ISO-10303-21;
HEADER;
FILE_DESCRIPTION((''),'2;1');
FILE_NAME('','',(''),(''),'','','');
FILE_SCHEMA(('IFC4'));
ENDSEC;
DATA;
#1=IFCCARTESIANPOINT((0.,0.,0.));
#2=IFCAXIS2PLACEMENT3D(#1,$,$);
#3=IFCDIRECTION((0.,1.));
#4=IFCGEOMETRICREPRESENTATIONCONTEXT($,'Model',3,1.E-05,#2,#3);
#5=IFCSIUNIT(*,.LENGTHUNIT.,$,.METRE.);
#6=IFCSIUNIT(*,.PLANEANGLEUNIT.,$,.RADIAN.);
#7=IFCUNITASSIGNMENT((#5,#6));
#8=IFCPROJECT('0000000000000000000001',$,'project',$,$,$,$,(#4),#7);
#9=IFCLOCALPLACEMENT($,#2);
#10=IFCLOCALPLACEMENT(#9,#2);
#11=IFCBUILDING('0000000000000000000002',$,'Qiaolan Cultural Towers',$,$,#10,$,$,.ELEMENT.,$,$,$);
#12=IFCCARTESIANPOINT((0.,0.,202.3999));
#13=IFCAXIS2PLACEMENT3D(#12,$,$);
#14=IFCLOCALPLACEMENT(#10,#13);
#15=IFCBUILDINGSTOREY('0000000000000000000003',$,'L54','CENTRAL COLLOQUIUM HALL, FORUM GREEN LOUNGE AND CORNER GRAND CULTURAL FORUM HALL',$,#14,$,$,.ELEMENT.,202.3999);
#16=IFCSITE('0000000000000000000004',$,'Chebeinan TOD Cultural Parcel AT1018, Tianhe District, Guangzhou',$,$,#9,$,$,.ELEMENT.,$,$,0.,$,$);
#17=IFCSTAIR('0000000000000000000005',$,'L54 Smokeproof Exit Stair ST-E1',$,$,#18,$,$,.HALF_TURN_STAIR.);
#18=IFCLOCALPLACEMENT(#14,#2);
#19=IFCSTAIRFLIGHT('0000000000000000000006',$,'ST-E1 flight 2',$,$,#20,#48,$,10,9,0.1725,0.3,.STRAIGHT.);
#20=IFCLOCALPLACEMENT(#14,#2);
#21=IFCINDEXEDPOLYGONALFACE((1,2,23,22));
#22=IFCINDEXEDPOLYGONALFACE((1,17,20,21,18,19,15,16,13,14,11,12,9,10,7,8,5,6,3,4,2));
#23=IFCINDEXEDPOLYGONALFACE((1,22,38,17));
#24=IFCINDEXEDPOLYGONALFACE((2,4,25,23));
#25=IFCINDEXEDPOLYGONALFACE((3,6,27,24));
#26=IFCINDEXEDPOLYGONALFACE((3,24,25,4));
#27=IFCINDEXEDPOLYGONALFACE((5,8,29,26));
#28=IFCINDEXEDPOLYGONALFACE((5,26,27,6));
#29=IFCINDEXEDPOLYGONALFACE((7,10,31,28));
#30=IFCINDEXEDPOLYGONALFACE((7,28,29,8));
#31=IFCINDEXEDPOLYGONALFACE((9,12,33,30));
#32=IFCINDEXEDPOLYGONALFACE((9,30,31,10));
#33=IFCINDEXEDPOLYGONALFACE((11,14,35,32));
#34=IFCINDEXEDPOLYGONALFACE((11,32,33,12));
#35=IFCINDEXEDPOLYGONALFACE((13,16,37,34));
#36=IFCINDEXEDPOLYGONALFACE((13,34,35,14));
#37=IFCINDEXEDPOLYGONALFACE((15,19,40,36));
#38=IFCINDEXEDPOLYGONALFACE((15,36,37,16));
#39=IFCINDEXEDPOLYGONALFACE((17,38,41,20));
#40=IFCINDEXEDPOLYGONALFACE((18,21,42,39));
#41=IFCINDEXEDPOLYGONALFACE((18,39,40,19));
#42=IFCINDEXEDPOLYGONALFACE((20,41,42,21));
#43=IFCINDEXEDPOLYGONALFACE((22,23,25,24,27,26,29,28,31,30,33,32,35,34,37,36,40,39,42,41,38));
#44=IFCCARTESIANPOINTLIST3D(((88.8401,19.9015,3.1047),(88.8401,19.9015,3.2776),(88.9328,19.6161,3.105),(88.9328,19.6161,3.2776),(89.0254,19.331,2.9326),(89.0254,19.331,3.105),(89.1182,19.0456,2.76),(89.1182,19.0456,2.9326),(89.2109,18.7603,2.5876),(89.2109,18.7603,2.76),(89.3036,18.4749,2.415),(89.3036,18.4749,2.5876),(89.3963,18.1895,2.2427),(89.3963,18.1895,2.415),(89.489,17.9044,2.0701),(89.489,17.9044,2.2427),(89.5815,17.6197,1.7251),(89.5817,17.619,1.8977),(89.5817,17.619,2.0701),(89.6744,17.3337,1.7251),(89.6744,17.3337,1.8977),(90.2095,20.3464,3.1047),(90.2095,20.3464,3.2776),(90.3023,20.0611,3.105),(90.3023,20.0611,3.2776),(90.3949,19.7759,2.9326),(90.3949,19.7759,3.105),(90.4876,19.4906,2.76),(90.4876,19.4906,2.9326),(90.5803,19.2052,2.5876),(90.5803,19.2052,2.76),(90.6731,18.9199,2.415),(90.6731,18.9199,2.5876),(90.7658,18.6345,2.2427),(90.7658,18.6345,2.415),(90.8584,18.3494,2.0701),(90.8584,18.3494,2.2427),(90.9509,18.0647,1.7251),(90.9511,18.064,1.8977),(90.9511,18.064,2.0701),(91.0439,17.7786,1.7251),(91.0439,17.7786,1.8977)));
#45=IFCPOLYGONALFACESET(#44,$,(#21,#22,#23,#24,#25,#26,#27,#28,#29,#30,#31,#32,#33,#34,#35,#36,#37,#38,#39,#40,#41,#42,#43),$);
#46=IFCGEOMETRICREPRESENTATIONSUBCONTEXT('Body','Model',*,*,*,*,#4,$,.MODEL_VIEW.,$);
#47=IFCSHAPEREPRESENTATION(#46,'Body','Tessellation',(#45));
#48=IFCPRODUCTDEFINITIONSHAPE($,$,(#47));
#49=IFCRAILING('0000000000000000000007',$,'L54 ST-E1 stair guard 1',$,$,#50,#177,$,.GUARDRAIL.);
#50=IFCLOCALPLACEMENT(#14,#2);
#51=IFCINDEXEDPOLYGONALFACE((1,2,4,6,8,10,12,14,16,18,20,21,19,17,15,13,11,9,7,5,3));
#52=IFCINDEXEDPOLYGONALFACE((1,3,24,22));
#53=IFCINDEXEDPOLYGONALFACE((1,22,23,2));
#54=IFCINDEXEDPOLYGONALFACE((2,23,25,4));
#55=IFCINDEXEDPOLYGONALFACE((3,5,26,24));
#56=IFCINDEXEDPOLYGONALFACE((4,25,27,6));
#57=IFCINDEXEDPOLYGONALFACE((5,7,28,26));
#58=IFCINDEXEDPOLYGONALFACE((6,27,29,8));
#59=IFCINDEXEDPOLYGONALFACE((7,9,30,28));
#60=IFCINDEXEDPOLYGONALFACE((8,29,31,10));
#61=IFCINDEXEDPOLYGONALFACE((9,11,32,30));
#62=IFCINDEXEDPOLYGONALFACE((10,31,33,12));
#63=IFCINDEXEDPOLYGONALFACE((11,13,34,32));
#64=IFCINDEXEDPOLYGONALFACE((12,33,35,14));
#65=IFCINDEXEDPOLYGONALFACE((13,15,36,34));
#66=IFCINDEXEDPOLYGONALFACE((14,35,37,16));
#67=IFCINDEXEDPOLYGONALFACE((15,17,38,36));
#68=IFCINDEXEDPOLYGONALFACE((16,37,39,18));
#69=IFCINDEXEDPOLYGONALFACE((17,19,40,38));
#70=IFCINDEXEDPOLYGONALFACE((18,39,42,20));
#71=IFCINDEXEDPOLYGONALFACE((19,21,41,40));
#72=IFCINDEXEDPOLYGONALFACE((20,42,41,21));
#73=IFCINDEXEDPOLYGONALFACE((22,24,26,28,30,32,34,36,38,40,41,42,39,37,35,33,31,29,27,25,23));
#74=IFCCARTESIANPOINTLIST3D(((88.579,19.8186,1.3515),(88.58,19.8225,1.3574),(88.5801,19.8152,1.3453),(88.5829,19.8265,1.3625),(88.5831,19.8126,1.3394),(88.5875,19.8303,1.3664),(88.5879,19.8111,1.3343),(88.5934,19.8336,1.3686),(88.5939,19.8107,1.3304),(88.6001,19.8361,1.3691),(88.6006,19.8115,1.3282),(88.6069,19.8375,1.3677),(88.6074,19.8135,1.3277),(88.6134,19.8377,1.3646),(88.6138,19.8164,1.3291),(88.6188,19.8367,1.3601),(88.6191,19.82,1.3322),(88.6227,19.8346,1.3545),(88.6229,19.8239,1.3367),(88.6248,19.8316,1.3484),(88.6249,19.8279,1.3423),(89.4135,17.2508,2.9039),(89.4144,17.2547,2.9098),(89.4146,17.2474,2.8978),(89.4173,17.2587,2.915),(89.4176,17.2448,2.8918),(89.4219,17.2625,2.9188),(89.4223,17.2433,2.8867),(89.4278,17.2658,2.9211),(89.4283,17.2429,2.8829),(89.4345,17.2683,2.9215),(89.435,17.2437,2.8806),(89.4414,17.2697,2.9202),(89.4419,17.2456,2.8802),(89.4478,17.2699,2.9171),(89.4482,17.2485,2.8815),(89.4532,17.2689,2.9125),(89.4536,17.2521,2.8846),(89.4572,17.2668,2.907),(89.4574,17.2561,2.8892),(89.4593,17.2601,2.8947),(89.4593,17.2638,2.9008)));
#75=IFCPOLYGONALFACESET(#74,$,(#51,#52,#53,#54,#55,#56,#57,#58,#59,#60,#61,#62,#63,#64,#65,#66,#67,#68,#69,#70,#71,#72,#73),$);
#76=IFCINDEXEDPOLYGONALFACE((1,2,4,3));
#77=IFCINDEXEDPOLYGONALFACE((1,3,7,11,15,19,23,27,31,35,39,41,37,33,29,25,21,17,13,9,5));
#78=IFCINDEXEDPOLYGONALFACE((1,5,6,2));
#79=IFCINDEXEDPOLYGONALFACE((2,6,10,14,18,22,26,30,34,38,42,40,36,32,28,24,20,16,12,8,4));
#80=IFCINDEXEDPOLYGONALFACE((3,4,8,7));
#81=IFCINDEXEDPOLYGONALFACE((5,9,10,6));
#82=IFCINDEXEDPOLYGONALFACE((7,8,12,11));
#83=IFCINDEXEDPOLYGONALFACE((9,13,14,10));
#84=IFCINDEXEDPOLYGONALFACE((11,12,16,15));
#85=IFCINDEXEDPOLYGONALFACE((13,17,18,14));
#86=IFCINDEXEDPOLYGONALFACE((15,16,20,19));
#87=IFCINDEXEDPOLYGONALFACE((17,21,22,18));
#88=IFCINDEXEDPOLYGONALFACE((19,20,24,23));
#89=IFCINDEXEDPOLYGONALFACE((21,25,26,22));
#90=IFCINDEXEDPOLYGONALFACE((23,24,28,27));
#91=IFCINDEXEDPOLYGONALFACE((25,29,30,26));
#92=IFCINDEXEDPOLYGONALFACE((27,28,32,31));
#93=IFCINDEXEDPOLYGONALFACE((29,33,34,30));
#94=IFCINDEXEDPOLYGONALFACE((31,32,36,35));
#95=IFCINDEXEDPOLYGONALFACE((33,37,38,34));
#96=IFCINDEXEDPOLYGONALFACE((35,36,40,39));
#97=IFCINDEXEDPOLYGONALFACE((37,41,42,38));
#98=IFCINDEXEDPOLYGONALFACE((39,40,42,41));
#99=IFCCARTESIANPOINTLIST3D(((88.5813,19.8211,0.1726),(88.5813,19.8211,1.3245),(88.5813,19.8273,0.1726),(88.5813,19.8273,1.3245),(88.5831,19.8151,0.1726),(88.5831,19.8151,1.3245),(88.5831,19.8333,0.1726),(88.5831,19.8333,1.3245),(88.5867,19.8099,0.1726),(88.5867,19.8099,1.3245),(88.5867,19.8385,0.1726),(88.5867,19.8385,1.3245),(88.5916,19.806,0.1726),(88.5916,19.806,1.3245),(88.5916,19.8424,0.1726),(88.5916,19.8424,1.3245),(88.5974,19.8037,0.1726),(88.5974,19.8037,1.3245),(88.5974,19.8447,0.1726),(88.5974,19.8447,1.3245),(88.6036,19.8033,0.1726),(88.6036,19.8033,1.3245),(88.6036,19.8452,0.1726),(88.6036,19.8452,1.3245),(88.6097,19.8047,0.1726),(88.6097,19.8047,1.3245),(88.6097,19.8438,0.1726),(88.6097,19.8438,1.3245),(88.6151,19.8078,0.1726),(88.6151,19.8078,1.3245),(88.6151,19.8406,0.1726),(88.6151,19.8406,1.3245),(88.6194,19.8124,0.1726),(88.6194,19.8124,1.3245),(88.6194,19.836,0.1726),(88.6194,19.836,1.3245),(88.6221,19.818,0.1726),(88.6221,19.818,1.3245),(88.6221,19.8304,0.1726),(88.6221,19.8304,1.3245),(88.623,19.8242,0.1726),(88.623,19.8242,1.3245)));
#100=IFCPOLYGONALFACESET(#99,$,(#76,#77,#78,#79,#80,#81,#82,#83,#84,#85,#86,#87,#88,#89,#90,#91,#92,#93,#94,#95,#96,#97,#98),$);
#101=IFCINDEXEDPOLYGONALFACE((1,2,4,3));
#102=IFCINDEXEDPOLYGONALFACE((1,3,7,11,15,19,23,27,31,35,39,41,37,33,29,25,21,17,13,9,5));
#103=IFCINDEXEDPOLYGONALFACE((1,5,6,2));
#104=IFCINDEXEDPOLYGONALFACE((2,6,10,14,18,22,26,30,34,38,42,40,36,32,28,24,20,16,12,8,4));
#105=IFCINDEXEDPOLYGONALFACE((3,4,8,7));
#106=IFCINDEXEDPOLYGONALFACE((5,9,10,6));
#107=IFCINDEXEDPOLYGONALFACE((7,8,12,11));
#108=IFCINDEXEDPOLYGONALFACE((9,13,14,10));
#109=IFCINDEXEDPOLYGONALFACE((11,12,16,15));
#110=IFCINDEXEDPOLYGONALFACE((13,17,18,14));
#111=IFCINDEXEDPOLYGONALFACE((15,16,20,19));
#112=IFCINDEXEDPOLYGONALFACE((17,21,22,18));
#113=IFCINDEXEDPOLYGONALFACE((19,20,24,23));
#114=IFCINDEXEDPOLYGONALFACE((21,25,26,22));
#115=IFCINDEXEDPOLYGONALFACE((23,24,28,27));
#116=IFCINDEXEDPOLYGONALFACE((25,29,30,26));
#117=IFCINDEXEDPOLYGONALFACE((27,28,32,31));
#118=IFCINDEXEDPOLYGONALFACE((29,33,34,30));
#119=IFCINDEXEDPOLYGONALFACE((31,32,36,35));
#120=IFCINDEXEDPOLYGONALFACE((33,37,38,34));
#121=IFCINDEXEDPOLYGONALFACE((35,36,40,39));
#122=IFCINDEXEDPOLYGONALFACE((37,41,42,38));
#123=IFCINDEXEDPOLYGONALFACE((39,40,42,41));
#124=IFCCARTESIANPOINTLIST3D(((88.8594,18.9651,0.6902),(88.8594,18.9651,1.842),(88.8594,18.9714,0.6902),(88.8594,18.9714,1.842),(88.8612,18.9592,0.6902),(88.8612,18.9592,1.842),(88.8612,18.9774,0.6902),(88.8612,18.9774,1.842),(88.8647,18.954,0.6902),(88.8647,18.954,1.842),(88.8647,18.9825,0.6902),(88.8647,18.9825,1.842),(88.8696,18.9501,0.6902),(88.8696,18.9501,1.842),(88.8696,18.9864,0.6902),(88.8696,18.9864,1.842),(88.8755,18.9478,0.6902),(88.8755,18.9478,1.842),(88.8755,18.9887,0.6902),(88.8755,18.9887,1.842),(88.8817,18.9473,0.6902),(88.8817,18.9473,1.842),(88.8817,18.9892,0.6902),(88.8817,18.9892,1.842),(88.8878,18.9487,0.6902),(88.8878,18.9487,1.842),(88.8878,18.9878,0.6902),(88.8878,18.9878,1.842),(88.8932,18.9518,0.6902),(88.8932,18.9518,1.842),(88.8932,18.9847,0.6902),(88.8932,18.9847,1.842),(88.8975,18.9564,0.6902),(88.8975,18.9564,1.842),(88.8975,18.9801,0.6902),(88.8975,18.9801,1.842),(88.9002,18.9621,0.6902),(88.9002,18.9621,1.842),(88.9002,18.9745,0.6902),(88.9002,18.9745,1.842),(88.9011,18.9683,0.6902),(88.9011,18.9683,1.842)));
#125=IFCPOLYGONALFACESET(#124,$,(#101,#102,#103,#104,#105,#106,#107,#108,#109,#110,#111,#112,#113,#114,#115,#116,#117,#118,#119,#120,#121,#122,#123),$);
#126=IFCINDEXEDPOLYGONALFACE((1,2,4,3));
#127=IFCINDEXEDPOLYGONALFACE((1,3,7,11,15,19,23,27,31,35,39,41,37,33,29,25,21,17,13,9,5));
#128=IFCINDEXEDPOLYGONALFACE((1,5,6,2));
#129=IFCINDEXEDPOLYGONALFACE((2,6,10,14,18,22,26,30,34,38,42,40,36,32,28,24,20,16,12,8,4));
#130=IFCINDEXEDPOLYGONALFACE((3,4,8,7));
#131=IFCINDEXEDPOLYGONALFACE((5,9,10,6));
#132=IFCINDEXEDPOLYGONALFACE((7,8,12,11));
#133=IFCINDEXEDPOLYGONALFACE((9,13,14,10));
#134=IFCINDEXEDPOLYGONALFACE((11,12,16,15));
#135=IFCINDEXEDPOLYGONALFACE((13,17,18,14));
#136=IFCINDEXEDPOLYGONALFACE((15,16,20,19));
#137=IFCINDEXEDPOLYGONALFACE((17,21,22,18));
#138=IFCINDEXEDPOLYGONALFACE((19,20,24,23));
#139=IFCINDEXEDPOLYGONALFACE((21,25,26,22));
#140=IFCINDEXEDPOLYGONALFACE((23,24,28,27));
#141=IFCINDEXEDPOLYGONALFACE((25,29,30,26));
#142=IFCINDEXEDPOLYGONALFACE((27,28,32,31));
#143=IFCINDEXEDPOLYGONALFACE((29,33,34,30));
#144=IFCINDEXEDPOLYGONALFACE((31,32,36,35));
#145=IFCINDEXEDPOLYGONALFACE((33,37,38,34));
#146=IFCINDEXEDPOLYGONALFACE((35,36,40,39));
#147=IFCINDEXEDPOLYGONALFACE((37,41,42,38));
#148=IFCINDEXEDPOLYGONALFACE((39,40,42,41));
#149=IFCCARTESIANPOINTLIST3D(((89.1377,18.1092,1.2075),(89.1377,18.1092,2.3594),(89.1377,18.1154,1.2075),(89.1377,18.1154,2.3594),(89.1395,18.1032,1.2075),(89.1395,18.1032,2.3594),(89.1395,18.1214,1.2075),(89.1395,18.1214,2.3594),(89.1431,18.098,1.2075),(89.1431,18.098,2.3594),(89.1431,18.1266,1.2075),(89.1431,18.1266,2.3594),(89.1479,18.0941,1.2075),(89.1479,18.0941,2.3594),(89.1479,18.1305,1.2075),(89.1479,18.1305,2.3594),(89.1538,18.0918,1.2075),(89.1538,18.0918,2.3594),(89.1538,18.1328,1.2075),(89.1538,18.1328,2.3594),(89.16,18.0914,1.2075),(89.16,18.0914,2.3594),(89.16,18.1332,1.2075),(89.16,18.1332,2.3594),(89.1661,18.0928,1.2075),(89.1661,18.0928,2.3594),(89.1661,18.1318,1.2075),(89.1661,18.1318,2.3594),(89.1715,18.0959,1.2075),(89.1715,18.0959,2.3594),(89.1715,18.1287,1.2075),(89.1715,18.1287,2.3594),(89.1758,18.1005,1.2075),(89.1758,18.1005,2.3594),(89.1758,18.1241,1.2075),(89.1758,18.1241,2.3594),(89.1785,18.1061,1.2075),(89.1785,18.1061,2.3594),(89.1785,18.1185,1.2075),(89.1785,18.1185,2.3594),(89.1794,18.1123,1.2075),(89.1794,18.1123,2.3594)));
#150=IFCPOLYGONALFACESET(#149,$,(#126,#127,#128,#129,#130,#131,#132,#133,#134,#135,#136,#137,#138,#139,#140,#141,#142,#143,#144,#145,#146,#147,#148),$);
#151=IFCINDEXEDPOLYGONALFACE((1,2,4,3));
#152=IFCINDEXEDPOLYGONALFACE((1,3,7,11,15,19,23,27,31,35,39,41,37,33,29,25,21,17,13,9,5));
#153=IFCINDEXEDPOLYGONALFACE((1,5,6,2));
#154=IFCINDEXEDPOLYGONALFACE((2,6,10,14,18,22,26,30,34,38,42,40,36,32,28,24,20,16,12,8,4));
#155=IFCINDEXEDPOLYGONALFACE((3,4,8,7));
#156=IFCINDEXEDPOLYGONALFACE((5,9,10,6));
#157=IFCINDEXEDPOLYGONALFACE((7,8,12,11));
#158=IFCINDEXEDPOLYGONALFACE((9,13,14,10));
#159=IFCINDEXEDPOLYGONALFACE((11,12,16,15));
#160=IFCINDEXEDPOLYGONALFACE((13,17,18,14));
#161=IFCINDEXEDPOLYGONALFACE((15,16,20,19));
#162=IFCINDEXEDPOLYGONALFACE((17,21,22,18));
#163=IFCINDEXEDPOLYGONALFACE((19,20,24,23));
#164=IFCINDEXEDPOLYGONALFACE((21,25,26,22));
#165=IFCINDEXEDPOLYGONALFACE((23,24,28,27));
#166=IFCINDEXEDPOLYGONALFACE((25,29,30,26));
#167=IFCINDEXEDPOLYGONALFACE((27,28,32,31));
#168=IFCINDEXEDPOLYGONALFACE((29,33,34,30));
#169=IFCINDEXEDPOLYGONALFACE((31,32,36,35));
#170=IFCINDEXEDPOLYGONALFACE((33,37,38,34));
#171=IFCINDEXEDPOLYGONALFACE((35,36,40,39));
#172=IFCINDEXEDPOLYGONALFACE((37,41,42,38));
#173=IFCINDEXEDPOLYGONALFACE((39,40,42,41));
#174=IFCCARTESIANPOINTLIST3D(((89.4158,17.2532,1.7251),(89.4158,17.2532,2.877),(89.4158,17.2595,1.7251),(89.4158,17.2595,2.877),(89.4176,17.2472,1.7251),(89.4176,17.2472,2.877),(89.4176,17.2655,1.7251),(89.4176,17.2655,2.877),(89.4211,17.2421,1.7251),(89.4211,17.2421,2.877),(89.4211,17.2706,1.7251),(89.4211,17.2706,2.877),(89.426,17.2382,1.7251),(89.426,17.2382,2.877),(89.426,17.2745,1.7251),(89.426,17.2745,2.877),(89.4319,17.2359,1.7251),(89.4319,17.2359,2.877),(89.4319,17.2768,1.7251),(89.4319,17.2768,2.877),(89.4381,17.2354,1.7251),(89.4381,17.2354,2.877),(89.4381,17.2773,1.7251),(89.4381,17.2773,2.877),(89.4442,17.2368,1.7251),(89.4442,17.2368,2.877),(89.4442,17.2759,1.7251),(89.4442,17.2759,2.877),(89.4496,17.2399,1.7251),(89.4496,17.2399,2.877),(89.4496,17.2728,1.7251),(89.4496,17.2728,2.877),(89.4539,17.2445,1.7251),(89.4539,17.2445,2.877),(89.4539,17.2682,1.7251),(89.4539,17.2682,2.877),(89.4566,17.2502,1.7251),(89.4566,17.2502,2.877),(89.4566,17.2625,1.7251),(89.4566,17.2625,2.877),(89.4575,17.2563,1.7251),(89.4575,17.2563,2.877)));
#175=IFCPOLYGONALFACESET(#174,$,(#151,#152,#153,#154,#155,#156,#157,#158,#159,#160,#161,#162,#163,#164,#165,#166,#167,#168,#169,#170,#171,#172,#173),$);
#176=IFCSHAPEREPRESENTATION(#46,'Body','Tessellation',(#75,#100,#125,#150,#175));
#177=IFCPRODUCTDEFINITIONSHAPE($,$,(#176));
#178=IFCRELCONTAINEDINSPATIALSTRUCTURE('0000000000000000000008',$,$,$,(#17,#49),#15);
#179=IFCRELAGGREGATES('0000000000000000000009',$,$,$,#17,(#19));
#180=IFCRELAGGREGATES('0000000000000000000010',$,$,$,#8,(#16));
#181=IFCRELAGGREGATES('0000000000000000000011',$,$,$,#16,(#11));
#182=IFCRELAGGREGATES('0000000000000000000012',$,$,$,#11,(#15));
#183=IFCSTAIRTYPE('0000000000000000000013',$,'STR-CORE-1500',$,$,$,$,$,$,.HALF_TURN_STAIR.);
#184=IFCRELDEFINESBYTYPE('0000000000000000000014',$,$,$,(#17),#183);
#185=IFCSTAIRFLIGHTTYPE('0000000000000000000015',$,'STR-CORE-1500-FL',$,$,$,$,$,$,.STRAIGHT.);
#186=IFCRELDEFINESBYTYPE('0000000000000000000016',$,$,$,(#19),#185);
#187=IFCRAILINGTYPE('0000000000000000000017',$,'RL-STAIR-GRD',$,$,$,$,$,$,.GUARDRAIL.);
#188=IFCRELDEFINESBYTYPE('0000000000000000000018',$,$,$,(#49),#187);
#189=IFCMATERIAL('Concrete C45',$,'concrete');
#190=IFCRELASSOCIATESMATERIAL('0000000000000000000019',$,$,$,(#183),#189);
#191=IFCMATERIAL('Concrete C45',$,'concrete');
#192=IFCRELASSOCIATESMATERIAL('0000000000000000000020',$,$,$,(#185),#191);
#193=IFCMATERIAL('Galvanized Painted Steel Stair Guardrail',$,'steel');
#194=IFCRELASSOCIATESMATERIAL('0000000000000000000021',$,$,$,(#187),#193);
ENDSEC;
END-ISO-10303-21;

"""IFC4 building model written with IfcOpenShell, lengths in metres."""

from ifc_helpers import new_model, si_unit, direction, frame, origin, origin_2d, place, context, subcontext, project, spatial, polyline, circle, outline, extrude, material, type_object, element, aggregate, save


model = new_model("IFC4")

# Units and contexts
model_context = context("Model", 3, precision=1e-05, world=origin(), true_north=direction((0.0, 1.0)))
body_context = subcontext(model_context, "Body", "Model", "MODEL_VIEW")
ifc_project = project(units=[si_unit("LENGTHUNIT", "METRE"), si_unit("PLANEANGLEUNIT", "RADIAN")], contexts=[model_context])

# Site, building, storey
site_placement = place(None, origin())
site = spatial("IfcSite", under=ifc_project, at=site_placement, Name="Chebeinan TOD Cultural Parcel AT1018, Tianhe District, Guangzhou", CompositionType="ELEMENT", RefElevation=0.0)
building_placement = place(site_placement, origin())
building = spatial("IfcBuilding", under=site, at=building_placement, Name="Qiaolan Cultural Towers", CompositionType="ELEMENT")
storey_placement = place(building_placement, frame((0.0, 0.0, 202.3999)))
storey = spatial("IfcBuildingStorey", under=building, at=storey_placement, Name="L54", Description="CENTRAL COLLOQUIUM HALL, FORUM GREEN LOUNGE AND CORNER GRAND CULTURAL FORUM HALL", CompositionType="ELEMENT", Elevation=202.3999)

# Stair, stair flight
ifc_material_1 = material(Name="Concrete C45", Category="concrete")
stair_type = type_object("IfcStairType", Name="STR-CORE-1500", PredefinedType="HALF_TURN_STAIR", material=ifc_material_1)
stair_placement = place(storey_placement, origin())
stair = element("IfcStair", 1, at=stair_placement, inside=storey, type_object=stair_type, Name="L54 Smokeproof Exit Stair ST-E1", PredefinedType="HALF_TURN_STAIR")
ifc_material_2 = material(Name="Concrete C45", Category="concrete")
stair_flight_type = type_object("IfcStairFlightType", Name="STR-CORE-1500-FL", PredefinedType="STRAIGHT", material=ifc_material_2)
stair_flight_1_placement = place(storey_placement, frame((90.3591, 17.5562, 1.7251), z_axis=(0.0, 0.0, 1.0), x_axis=(-0.309017, 0.951057, 0.0)))
stair_flight_1 = element("IfcStairFlight", 2, at=stair_flight_1_placement, type_object=stair_flight_type, Name="ST-E1 flight 2", NumberOfRisers=10, NumberOfTreads=9, PredefinedType="STRAIGHT", RiserHeight=0.1725, TreadLength=0.3, context=body_context, shape_type="SweptSolid", body=[
    extrude(outline(polyline([(0.0, 0.0), (0.0, 0.1726), (0.3, 0.1726), (0.3, 0.345), (0.6001, 0.345), (0.6001, 0.5176), (0.8999, 0.5176), (0.8999, 0.6899), (1.2, 0.6899), (1.2, 0.8625), (1.5, 0.8625), (1.5, 1.0349), (1.8, 1.0349), (1.8, 1.2075), (2.1001, 1.2075), (2.1001, 1.3799), (2.3999, 1.3799), (2.3999, 1.5525), (2.7, 1.5525), (2.7, 1.7251), (2.7, 1.3796), (0.3008, 0.0), (0.0, 0.0)])), frame((0.0, 0.72, 0.0), z_axis=(0.0, -1.0, 0.0), x_axis=(1.0, 0.0, 0.0)), (0.0, 0.0, 1.0), 1.4399),
])
aggregate(stair, [stair_flight_1])

# Railing
ifc_material_3 = material(Name="Galvanized Painted Steel Stair Guardrail", Category="steel")
railing_type_1 = type_object("IfcRailingType", Name="RL-STAIR-GRD", PredefinedType="GUARDRAIL", material=ifc_material_3)
railing_1_placement = place(storey_placement, frame((88.6021, 19.8242, 0.1726)))
element("IfcRailing", 3, at=railing_1_placement, inside=storey, type_object=railing_type_1, Name="L54 ST-E1 stair guard 1", PredefinedType="GUARDRAIL", context=body_context, shape_type="SweptSolid", body=[
    extrude(circle(Radius=0.0239, at=origin_2d()), frame((0.0, 0.0, 1.1758), z_axis=(0.267926, -0.824471, 0.498461), x_axis=(0.951043, 0.309057, 0.0)), (0.0, 0.0, 1.0), 3.1145),
    extrude(circle(Radius=0.021, at=origin_2d()), origin(), (0.0, 0.0, 1.0), 1.1519),
    extrude(circle(Radius=0.021, at=origin_2d()), frame((0.2781, -0.856, 0.5176)), (0.0, 0.0, 1.0), 1.1519),
    extrude(circle(Radius=0.021, at=origin_2d()), frame((0.5564, -1.7119, 1.0349)), (0.0, 0.0, 1.0), 1.1519),
    extrude(circle(Radius=0.021, at=origin_2d()), frame((0.8345, -2.5679, 1.5525)), (0.0, 0.0, 1.0), 1.1519),
])

save(model, "model.ifc")
